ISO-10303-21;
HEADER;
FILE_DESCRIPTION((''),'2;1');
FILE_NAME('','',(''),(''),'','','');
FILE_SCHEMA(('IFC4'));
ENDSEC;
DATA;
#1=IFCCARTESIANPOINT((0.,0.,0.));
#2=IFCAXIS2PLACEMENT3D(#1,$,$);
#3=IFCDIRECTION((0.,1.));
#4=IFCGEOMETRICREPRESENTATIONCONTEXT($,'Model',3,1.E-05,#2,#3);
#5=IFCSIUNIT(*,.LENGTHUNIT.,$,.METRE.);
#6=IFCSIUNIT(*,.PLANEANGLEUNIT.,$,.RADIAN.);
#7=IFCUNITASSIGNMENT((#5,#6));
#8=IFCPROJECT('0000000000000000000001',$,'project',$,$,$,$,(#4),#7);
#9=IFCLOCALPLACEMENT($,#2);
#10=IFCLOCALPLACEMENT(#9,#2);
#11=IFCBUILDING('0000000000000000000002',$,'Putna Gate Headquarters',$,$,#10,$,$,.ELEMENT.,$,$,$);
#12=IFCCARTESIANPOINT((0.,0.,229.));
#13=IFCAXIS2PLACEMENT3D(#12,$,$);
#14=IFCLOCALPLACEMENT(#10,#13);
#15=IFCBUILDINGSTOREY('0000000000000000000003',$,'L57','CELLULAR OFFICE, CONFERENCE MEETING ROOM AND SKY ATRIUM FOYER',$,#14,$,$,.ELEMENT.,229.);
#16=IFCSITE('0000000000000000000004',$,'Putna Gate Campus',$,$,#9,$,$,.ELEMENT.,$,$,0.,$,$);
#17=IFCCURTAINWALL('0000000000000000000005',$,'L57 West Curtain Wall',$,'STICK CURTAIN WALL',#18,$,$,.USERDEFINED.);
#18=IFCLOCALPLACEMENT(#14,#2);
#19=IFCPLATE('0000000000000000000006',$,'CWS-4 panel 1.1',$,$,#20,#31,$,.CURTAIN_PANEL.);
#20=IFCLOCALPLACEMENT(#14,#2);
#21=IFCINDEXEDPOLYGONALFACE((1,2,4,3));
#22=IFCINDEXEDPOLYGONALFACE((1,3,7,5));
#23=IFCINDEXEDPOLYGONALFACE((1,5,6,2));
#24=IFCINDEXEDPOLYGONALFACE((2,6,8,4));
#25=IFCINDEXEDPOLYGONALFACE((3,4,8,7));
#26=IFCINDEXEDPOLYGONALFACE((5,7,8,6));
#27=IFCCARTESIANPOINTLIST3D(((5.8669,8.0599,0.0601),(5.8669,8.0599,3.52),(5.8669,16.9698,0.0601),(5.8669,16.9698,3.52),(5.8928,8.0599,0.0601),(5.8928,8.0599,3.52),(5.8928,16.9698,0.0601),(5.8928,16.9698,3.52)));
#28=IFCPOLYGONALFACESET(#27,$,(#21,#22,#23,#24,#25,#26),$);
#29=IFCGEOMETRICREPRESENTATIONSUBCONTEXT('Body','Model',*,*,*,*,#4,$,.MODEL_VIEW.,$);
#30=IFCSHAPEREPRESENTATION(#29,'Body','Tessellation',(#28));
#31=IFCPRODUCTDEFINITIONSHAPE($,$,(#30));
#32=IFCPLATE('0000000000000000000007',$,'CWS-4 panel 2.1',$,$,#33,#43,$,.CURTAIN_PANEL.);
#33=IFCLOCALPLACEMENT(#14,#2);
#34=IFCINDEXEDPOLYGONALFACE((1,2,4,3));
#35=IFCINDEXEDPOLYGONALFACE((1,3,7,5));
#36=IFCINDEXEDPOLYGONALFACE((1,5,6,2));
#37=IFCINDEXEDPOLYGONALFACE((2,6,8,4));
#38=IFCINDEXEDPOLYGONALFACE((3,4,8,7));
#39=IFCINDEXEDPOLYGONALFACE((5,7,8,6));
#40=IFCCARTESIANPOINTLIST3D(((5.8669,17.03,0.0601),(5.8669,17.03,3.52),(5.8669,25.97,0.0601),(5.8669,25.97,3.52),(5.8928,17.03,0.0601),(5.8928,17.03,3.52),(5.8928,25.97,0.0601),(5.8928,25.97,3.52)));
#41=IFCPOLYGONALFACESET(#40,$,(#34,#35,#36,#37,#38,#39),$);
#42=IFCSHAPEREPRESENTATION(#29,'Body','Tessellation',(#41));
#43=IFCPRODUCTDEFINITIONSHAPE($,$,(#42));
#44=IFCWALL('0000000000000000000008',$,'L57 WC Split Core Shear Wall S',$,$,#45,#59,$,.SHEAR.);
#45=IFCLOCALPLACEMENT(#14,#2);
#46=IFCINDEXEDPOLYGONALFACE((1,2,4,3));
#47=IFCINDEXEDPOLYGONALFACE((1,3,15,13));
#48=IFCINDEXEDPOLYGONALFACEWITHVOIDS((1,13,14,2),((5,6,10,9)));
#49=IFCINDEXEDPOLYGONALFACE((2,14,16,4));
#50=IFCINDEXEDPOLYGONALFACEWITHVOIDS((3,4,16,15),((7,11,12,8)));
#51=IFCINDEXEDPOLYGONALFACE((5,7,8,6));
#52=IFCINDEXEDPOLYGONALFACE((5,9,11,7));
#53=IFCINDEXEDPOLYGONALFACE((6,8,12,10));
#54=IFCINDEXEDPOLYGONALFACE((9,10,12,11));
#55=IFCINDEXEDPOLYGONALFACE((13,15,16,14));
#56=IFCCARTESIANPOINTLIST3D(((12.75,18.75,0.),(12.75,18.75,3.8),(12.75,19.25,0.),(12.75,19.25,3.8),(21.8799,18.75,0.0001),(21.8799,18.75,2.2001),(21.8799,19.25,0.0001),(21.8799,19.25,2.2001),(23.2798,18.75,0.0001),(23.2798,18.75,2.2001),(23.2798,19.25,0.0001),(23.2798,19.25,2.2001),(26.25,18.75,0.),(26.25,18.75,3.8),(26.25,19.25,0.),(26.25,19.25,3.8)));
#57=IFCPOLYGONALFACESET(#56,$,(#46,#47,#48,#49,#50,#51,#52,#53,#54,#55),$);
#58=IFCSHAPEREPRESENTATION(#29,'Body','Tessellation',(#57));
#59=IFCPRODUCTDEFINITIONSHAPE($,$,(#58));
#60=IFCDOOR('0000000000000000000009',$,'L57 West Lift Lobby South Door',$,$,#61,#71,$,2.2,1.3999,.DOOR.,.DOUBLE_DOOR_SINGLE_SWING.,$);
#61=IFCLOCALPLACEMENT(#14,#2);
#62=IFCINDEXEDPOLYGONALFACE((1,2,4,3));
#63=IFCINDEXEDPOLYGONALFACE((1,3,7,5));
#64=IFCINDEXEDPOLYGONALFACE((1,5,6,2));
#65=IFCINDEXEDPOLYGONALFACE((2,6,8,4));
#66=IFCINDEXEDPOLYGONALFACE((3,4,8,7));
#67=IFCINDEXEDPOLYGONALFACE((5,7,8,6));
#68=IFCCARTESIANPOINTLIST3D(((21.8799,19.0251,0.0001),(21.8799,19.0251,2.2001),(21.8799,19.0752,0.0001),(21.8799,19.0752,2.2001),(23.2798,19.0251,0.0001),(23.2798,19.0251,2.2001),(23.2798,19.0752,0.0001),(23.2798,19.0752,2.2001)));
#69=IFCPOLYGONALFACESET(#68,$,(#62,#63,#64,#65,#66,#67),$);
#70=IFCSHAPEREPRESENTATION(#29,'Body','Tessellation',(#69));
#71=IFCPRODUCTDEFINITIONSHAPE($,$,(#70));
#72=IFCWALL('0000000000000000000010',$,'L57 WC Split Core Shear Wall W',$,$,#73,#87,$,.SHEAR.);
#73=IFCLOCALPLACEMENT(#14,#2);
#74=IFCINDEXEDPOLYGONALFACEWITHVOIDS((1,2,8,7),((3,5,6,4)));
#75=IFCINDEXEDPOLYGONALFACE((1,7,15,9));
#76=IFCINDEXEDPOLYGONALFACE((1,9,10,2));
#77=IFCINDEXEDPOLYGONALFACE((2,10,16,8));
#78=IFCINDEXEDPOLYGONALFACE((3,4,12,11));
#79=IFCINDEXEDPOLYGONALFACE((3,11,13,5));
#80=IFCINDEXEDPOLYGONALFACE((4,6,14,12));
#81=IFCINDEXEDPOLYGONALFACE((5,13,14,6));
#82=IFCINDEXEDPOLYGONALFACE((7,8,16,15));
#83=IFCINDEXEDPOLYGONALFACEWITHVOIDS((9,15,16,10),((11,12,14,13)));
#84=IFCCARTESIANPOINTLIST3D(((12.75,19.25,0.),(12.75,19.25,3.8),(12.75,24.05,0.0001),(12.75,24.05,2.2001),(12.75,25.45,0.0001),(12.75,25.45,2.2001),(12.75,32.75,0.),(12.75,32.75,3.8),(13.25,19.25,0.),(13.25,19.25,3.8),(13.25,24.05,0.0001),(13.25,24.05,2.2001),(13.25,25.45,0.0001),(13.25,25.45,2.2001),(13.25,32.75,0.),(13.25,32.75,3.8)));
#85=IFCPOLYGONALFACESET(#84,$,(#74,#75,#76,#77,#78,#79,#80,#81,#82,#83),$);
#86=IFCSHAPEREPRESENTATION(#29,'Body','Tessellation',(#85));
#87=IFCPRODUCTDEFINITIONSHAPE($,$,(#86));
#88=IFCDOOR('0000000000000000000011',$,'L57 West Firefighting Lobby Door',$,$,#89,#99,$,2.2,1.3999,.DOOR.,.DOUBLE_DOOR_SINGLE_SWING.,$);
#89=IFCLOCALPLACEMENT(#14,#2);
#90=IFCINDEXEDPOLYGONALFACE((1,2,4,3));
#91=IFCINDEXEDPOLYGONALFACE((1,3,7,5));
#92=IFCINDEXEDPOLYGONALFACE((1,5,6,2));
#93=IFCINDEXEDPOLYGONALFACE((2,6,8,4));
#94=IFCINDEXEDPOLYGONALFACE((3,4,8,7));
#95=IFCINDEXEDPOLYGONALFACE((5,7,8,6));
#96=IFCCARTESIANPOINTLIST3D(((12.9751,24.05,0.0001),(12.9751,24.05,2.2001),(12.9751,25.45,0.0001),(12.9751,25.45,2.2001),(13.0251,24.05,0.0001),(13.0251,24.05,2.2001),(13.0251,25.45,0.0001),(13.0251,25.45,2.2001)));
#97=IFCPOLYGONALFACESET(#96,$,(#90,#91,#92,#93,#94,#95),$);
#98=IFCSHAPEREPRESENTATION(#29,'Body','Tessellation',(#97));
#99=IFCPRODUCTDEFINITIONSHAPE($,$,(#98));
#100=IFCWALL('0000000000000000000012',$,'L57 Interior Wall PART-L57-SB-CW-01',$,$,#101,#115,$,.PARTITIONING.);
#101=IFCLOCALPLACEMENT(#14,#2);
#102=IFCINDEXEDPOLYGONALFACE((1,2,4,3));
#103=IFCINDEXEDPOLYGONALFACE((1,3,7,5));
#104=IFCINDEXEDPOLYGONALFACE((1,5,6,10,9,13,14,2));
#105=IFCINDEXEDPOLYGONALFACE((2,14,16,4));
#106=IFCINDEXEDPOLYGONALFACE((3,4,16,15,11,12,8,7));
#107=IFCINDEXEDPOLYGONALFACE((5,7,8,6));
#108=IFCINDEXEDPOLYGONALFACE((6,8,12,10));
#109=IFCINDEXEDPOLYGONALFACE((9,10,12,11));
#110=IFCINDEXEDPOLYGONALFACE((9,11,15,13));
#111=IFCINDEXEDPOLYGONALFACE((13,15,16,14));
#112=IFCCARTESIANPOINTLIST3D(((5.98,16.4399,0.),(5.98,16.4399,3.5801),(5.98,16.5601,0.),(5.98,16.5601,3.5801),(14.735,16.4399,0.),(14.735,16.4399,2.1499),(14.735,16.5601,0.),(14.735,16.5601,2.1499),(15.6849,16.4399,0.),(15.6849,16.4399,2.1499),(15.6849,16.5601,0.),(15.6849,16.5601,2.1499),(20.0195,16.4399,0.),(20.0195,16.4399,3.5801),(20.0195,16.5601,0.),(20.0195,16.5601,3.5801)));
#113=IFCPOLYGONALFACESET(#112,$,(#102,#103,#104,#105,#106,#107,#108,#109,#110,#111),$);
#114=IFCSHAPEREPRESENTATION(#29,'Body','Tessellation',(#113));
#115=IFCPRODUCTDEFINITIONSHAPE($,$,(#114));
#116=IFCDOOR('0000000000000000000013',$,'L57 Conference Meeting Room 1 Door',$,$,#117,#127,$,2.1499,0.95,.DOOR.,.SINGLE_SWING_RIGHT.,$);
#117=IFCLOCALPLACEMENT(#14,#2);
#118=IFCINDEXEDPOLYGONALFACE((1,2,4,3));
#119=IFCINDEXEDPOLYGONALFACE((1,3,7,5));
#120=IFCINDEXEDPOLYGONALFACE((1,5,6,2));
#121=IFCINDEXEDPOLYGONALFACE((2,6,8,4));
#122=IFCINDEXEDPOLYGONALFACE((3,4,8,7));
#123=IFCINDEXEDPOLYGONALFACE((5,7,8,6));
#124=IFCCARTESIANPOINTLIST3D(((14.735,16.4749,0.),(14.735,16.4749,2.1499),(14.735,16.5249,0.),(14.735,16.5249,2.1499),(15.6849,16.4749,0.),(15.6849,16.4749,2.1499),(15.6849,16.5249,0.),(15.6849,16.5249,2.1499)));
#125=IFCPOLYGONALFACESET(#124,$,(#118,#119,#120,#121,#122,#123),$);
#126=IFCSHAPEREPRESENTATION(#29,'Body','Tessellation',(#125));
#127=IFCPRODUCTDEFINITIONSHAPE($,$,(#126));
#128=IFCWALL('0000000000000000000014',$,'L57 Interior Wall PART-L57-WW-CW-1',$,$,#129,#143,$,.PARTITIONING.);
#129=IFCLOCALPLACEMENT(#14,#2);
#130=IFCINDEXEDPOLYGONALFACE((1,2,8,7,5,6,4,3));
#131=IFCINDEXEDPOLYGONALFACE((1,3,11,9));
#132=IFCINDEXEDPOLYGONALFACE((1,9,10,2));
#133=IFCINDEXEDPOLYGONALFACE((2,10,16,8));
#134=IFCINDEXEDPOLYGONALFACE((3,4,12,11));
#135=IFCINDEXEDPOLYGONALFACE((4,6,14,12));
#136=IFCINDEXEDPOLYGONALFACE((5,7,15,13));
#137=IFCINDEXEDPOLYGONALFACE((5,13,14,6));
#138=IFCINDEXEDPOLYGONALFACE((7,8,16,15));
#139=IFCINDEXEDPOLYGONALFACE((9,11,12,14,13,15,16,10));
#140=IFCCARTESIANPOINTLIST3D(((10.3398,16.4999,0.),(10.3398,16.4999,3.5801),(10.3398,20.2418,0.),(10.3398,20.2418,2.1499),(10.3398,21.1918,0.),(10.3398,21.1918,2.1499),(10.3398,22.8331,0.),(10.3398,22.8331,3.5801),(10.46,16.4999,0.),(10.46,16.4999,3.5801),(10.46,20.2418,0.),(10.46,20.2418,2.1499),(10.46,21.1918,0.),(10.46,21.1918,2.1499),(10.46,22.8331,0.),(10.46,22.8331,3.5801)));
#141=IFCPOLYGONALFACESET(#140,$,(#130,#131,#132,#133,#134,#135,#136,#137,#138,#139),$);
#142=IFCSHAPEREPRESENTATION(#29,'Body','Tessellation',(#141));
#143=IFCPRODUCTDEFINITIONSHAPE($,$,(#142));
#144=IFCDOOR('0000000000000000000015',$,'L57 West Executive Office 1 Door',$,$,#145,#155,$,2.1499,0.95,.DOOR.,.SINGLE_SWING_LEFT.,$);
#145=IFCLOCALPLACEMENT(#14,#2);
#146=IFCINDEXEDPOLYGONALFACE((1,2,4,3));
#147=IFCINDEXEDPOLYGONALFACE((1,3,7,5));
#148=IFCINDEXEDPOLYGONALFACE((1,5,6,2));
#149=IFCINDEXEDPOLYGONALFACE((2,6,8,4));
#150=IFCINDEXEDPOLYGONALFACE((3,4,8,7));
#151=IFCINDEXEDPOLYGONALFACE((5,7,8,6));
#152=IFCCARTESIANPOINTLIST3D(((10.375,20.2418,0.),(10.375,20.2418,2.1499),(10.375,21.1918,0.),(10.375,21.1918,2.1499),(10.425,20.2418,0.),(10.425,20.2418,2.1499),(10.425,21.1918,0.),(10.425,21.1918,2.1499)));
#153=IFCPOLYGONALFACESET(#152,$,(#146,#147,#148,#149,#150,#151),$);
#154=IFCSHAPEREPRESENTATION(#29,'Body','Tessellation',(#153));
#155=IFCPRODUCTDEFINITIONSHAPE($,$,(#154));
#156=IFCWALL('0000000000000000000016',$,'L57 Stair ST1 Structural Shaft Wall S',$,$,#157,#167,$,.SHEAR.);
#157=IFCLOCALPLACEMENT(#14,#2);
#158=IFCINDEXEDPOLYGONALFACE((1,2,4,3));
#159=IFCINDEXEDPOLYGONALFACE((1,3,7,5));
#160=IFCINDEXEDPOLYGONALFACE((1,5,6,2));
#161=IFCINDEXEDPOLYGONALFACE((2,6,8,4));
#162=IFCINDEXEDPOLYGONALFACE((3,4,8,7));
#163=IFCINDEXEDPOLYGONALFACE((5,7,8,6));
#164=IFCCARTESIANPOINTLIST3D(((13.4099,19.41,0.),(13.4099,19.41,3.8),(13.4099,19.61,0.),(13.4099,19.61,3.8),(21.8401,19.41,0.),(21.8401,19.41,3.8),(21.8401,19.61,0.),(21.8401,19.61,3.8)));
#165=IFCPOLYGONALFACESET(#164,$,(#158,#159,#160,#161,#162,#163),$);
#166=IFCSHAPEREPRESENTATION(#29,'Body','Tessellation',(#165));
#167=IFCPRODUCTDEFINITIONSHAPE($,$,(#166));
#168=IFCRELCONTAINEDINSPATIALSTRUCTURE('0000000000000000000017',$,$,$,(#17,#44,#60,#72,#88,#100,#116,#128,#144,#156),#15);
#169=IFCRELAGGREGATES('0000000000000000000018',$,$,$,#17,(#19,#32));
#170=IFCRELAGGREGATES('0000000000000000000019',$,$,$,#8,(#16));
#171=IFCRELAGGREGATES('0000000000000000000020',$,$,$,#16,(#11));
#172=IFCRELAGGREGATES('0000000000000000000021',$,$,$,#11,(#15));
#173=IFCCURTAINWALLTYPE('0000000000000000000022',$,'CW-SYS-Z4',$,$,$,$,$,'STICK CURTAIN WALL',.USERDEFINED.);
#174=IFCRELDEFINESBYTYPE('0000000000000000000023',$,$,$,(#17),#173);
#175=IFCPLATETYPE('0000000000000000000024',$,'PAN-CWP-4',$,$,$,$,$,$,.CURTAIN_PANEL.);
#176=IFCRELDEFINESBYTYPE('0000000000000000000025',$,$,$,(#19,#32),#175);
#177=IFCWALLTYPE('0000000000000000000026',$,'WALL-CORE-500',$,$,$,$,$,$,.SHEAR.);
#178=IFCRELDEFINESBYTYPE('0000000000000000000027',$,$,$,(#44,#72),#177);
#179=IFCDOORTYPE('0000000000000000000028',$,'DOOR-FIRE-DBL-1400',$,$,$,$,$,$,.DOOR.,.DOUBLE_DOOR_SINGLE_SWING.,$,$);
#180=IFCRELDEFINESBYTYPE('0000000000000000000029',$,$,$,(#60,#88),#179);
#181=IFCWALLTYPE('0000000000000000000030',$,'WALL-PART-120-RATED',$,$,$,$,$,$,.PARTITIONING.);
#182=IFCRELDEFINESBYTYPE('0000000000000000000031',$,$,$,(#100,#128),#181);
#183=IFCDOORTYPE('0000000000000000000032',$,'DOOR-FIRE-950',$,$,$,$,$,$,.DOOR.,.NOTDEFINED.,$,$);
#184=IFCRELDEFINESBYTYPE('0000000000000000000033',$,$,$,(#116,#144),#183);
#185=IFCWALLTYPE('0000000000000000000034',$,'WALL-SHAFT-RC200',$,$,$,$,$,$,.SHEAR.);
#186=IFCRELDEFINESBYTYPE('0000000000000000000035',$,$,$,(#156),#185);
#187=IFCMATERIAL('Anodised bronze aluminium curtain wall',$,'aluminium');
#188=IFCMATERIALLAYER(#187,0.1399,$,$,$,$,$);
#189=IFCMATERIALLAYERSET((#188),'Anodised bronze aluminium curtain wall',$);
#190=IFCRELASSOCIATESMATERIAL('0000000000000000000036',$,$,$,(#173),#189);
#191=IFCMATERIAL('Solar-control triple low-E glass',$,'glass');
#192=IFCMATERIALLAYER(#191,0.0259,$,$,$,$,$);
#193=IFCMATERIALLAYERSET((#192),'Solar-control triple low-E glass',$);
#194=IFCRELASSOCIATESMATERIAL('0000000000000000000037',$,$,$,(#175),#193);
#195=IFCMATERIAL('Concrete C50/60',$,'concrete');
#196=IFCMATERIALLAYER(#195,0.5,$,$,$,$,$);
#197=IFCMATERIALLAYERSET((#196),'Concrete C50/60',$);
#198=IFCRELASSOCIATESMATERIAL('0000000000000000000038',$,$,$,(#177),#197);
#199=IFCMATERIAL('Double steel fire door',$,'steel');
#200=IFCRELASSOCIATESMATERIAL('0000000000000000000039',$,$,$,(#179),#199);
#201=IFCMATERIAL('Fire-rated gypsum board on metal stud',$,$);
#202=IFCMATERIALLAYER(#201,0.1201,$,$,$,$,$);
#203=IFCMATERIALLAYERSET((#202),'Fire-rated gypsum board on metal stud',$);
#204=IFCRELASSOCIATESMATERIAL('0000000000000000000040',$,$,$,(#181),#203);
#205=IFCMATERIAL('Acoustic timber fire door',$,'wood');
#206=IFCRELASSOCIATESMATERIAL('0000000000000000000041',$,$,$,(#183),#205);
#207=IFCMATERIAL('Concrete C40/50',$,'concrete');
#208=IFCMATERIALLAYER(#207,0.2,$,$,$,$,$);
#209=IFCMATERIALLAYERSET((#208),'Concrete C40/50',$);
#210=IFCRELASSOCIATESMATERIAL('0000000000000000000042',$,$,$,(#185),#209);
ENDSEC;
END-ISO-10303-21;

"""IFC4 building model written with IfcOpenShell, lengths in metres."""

from ifc_helpers import new_model, si_unit, direction, frame, frame_2d, origin, origin_2d, place, context, subcontext, project, spatial, rectangle, extrude, material, layer, layer_set, type_object, element, fill, aggregate, save


model = new_model("IFC4")

# Units and contexts
model_context = context("Model", 3, precision=1e-05, world=origin(), true_north=direction((0.0, 1.0)))
body_context = subcontext(model_context, "Body", "Model", "MODEL_VIEW")
ifc_project = project(units=[si_unit("LENGTHUNIT", "METRE"), si_unit("PLANEANGLEUNIT", "RADIAN")], contexts=[model_context])

# Site, building, storey
site_placement = place(None, origin())
site = spatial("IfcSite", under=ifc_project, at=site_placement, Name="Putna Gate Campus", CompositionType="ELEMENT", RefElevation=0.0)
building_placement = place(site_placement, origin())
building = spatial("IfcBuilding", under=site, at=building_placement, Name="Putna Gate Headquarters", CompositionType="ELEMENT")
storey_placement = place(building_placement, frame((0.0, 0.0, 229.0)))
storey = spatial("IfcBuildingStorey", under=building, at=storey_placement, Name="L57", Description="CELLULAR OFFICE, CONFERENCE MEETING ROOM AND SKY ATRIUM FOYER", CompositionType="ELEMENT", Elevation=229.0)

# Curtain wall, plates
ifc_material_1 = material(Name="Anodised bronze aluminium curtain wall", Category="aluminium")
ifc_layer_1 = layer(ifc_material_1, 0.1399)
ifc_layer_set_1 = layer_set([ifc_layer_1], Name="Anodised bronze aluminium curtain wall")
curtain_wall_type = type_object("IfcCurtainWallType", Name="CW-SYS-Z4", ElementType="STICK CURTAIN WALL", PredefinedType="USERDEFINED", material=ifc_layer_set_1)
curtain_wall_placement = place(storey_placement, origin())
curtain_wall = element("IfcCurtainWall", 1, at=curtain_wall_placement, inside=storey, type_object=curtain_wall_type, Name="L57 West Curtain Wall", ObjectType="STICK CURTAIN WALL", PredefinedType="USERDEFINED")
ifc_material_2 = material(Name="Solar-control triple low-E glass", Category="glass")
ifc_layer_2 = layer(ifc_material_2, 0.0259)
ifc_layer_set_2 = layer_set([ifc_layer_2], Name="Solar-control triple low-E glass")
plate_type = type_object("IfcPlateType", Name="PAN-CWP-4", PredefinedType="CURTAIN_PANEL", material=ifc_layer_set_2)
plate_1_placement = place(storey_placement, frame((5.8799, 12.5149, 0.0601), z_axis=(0.0, 0.0, 1.0), x_axis=(0.0, 1.0, 0.0)))
plate_1 = element("IfcPlate", 2, at=plate_1_placement, type_object=plate_type, Name="CWS-4 panel 1.1", PredefinedType="CURTAIN_PANEL", context=body_context, shape_type="SweptSolid", body=[
    extrude(rectangle(XDim=8.9099, YDim=0.0259, at=origin_2d()), origin(), (0.0, 0.0, 1.0), 3.46),
])
plate_2_placement = place(storey_placement, frame((5.8799, 21.5, 0.0601), z_axis=(0.0, 0.0, 1.0), x_axis=(0.0, 1.0, 0.0)))
plate_2 = element("IfcPlate", 3, at=plate_2_placement, type_object=plate_type, Name="CWS-4 panel 2.1", PredefinedType="CURTAIN_PANEL", context=body_context, shape_type="SweptSolid", body=[
    extrude(rectangle(XDim=8.9399, YDim=0.0259, at=origin_2d()), origin(), (0.0, 0.0, 1.0), 3.46),
])
aggregate(curtain_wall, [plate_1, plate_2])

# Walls, openings, doors
ifc_material_3 = material(Name="Concrete C50/60", Category="concrete")
ifc_layer_3 = layer(ifc_material_3, 0.5)
ifc_layer_set_3 = layer_set([ifc_layer_3], Name="Concrete C50/60")
wall_type_1 = type_object("IfcWallType", Name="WALL-CORE-500", PredefinedType="SHEAR", material=ifc_layer_set_3)
wall_1_placement = place(storey_placement, frame((12.75, 19.0, 0.0), z_axis=(0.0, 0.0, 1.0), x_axis=(1.0, 0.0, 0.0)))
wall_1 = element("IfcWall", 4, at=wall_1_placement, inside=storey, type_object=wall_type_1, Name="L57 WC Split Core Shear Wall S", PredefinedType="SHEAR", context=body_context, shape_type="SweptSolid", body=[
    extrude(rectangle(XDim=13.5, YDim=0.5, at=frame_2d((6.75, 0.0))), origin(), (0.0, 0.0, 1.0), 3.8),
])
opening_1_placement = place(wall_1_placement, frame((9.1299, 0.0, 0.0)))
opening_1 = element("IfcOpeningElement", 5, at=opening_1_placement, cuts=wall_1, PredefinedType="OPENING", context=body_context, shape_type="SweptSolid", body=[
    extrude(rectangle(XDim=1.3999, YDim=2.2, at=frame_2d((0.7, 1.1001))), frame((0.0, 0.26, 0.0), z_axis=(0.0, -1.0, 0.0), x_axis=(1.0, 0.0, 0.0)), (0.0, 0.0, 1.0), 0.52),
])
ifc_material_4 = material(Name="Double steel fire door", Category="steel")
door_type_1 = type_object("IfcDoorType", Name="DOOR-FIRE-DBL-1400", OperationType="DOUBLE_DOOR_SINGLE_SWING", PredefinedType="DOOR", material=ifc_material_4)
door_1_placement = place(opening_1_placement, origin())
door_1 = element("IfcDoor", 6, at=door_1_placement, inside=storey, type_object=door_type_1, Name="L57 West Lift Lobby South Door", OperationType="DOUBLE_DOOR_SINGLE_SWING", OverallHeight=2.2, OverallWidth=1.3999, PredefinedType="DOOR", context=body_context, shape_type="SweptSolid", body=[
    extrude(rectangle(XDim=1.3999, YDim=2.2, at=frame_2d((0.7, 1.1001))), frame((0.0, 0.0752, 0.0), z_axis=(0.0, -1.0, 0.0), x_axis=(1.0, 0.0, 0.0)), (0.0, 0.0, 1.0), 0.05),
])
fill(opening_1, door_1)
wall_2_placement = place(storey_placement, frame((13.0, 19.25, 0.0), z_axis=(0.0, 0.0, 1.0), x_axis=(0.0, 1.0, 0.0)))
wall_2 = element("IfcWall", 7, at=wall_2_placement, inside=storey, type_object=wall_type_1, Name="L57 WC Split Core Shear Wall W", PredefinedType="SHEAR", context=body_context, shape_type="SweptSolid", body=[
    extrude(rectangle(XDim=13.5, YDim=0.5, at=frame_2d((6.75, 0.0))), origin(), (0.0, 0.0, 1.0), 3.8),
])
opening_2_placement = place(wall_2_placement, frame((4.8, 0.0, 0.0)))
opening_2 = element("IfcOpeningElement", 8, at=opening_2_placement, cuts=wall_2, PredefinedType="OPENING", context=body_context, shape_type="SweptSolid", body=[
    extrude(rectangle(XDim=1.3999, YDim=2.2, at=frame_2d((0.7, 1.1001))), frame((0.0, 0.26, 0.0), z_axis=(0.0, -1.0, 0.0), x_axis=(1.0, 0.0, 0.0)), (0.0, 0.0, 1.0), 0.52),
])
door_2_placement = place(opening_2_placement, origin())
door_2 = element("IfcDoor", 9, at=door_2_placement, inside=storey, type_object=door_type_1, Name="L57 West Firefighting Lobby Door", OperationType="DOUBLE_DOOR_SINGLE_SWING", OverallHeight=2.2, OverallWidth=1.3999, PredefinedType="DOOR", context=body_context, shape_type="SweptSolid", body=[
    extrude(rectangle(XDim=1.3999, YDim=2.2, at=frame_2d((0.7, 1.1001))), frame((0.0, 0.0249, 0.0), z_axis=(0.0, -1.0, 0.0), x_axis=(1.0, 0.0, 0.0)), (0.0, 0.0, 1.0), 0.05),
])
fill(opening_2, door_2)
ifc_material_5 = material(Name="Fire-rated gypsum board on metal stud")
ifc_layer_4 = layer(ifc_material_5, 0.1201)
ifc_layer_set_4 = layer_set([ifc_layer_4], Name="Fire-rated gypsum board on metal stud")
wall_type_2 = type_object("IfcWallType", Name="WALL-PART-120-RATED", PredefinedType="PARTITIONING", material=ifc_layer_set_4)
wall_3_placement = place(storey_placement, frame((5.98, 16.5, 0.0), z_axis=(0.0, 0.0, 1.0), x_axis=(1.0, 0.0, 0.0)))
wall_3 = element("IfcWall", 10, at=wall_3_placement, inside=storey, type_object=wall_type_2, Name="L57 Interior Wall PART-L57-SB-CW-01", PredefinedType="PARTITIONING", context=body_context, shape_type="SweptSolid", body=[
    extrude(rectangle(XDim=14.0396, YDim=0.1201, at=frame_2d((7.0198, 0.0))), origin(), (0.0, 0.0, 1.0), 3.5801),
])
opening_3_placement = place(wall_3_placement, frame((8.7549, 0.0, 0.0)))
opening_3 = element("IfcOpeningElement", 11, at=opening_3_placement, cuts=wall_3, PredefinedType="OPENING", context=body_context, shape_type="SweptSolid", body=[
    extrude(rectangle(XDim=0.95, YDim=2.1499, at=frame_2d((0.4751, 1.075))), frame((0.0, 0.0701, 0.0), z_axis=(0.0, -1.0, 0.0), x_axis=(1.0, 0.0, 0.0)), (0.0, 0.0, 1.0), 0.1401),
])
ifc_material_6 = material(Name="Acoustic timber fire door", Category="wood")
door_type_2 = type_object("IfcDoorType", Name="DOOR-FIRE-950", OperationType="NOTDEFINED", PredefinedType="DOOR", material=ifc_material_6)
door_3_placement = place(opening_3_placement, origin())
door_3 = element("IfcDoor", 12, at=door_3_placement, inside=storey, type_object=door_type_2, Name="L57 Conference Meeting Room 1 Door", OperationType="SINGLE_SWING_RIGHT", OverallHeight=2.1499, OverallWidth=0.95, PredefinedType="DOOR", context=body_context, shape_type="SweptSolid", body=[
    extrude(rectangle(XDim=0.95, YDim=2.1499, at=frame_2d((0.4751, 1.075))), frame((0.0, 0.0249, 0.0), z_axis=(0.0, -1.0, 0.0), x_axis=(1.0, 0.0, 0.0)), (0.0, 0.0, 1.0), 0.05),
])
fill(opening_3, door_3)
wall_4_placement = place(storey_placement, frame((10.3999, 16.5, 0.0), z_axis=(0.0, 0.0, 1.0), x_axis=(0.0, 1.0, 0.0)))
wall_4 = element("IfcWall", 13, at=wall_4_placement, inside=storey, type_object=wall_type_2, Name="L57 Interior Wall PART-L57-WW-CW-1", PredefinedType="PARTITIONING", context=body_context, shape_type="SweptSolid", body=[
    extrude(rectangle(XDim=6.3333, YDim=0.1201, at=frame_2d((3.1665, 0.0))), origin(), (0.0, 0.0, 1.0), 3.5801),
])
opening_4_placement = place(wall_4_placement, frame((3.7417, 0.0, 0.0)))
opening_4 = element("IfcOpeningElement", 14, at=opening_4_placement, cuts=wall_4, PredefinedType="OPENING", context=body_context, shape_type="SweptSolid", body=[
    extrude(rectangle(XDim=0.95, YDim=2.1499, at=frame_2d((0.4751, 1.075))), frame((0.0, 0.0701, 0.0), z_axis=(0.0, -1.0, 0.0), x_axis=(1.0, 0.0, 0.0)), (0.0, 0.0, 1.0), 0.1401),
])
door_4_placement = place(opening_4_placement, origin())
door_4 = element("IfcDoor", 15, at=door_4_placement, inside=storey, type_object=door_type_2, Name="L57 West Executive Office 1 Door", OperationType="SINGLE_SWING_LEFT", OverallHeight=2.1499, OverallWidth=0.95, PredefinedType="DOOR", context=body_context, shape_type="SweptSolid", body=[
    extrude(rectangle(XDim=0.95, YDim=2.1499, at=frame_2d((0.4751, 1.075))), frame((0.0, 0.0249, 0.0), z_axis=(0.0, -1.0, 0.0), x_axis=(1.0, 0.0, 0.0)), (0.0, 0.0, 1.0), 0.05),
])
fill(opening_4, door_4)

# Wall
ifc_material_7 = material(Name="Concrete C40/50", Category="concrete")
ifc_layer_5 = layer(ifc_material_7, 0.2)
ifc_layer_set_5 = layer_set([ifc_layer_5], Name="Concrete C40/50")
wall_type_3 = type_object("IfcWallType", Name="WALL-SHAFT-RC200", PredefinedType="SHEAR", material=ifc_layer_set_5)
wall_5_placement = place(storey_placement, frame((13.4099, 19.51, 0.0), z_axis=(0.0, 0.0, 1.0), x_axis=(1.0, 0.0, 0.0)))
element("IfcWall", 16, at=wall_5_placement, inside=storey, type_object=wall_type_3, Name="L57 Stair ST1 Structural Shaft Wall S", PredefinedType="SHEAR", context=body_context, shape_type="SweptSolid", body=[
    extrude(rectangle(XDim=8.4302, YDim=0.2, at=frame_2d((4.2151, 0.0))), origin(), (0.0, 0.0, 1.0), 3.8),
])

save(model, "model.ifc")
